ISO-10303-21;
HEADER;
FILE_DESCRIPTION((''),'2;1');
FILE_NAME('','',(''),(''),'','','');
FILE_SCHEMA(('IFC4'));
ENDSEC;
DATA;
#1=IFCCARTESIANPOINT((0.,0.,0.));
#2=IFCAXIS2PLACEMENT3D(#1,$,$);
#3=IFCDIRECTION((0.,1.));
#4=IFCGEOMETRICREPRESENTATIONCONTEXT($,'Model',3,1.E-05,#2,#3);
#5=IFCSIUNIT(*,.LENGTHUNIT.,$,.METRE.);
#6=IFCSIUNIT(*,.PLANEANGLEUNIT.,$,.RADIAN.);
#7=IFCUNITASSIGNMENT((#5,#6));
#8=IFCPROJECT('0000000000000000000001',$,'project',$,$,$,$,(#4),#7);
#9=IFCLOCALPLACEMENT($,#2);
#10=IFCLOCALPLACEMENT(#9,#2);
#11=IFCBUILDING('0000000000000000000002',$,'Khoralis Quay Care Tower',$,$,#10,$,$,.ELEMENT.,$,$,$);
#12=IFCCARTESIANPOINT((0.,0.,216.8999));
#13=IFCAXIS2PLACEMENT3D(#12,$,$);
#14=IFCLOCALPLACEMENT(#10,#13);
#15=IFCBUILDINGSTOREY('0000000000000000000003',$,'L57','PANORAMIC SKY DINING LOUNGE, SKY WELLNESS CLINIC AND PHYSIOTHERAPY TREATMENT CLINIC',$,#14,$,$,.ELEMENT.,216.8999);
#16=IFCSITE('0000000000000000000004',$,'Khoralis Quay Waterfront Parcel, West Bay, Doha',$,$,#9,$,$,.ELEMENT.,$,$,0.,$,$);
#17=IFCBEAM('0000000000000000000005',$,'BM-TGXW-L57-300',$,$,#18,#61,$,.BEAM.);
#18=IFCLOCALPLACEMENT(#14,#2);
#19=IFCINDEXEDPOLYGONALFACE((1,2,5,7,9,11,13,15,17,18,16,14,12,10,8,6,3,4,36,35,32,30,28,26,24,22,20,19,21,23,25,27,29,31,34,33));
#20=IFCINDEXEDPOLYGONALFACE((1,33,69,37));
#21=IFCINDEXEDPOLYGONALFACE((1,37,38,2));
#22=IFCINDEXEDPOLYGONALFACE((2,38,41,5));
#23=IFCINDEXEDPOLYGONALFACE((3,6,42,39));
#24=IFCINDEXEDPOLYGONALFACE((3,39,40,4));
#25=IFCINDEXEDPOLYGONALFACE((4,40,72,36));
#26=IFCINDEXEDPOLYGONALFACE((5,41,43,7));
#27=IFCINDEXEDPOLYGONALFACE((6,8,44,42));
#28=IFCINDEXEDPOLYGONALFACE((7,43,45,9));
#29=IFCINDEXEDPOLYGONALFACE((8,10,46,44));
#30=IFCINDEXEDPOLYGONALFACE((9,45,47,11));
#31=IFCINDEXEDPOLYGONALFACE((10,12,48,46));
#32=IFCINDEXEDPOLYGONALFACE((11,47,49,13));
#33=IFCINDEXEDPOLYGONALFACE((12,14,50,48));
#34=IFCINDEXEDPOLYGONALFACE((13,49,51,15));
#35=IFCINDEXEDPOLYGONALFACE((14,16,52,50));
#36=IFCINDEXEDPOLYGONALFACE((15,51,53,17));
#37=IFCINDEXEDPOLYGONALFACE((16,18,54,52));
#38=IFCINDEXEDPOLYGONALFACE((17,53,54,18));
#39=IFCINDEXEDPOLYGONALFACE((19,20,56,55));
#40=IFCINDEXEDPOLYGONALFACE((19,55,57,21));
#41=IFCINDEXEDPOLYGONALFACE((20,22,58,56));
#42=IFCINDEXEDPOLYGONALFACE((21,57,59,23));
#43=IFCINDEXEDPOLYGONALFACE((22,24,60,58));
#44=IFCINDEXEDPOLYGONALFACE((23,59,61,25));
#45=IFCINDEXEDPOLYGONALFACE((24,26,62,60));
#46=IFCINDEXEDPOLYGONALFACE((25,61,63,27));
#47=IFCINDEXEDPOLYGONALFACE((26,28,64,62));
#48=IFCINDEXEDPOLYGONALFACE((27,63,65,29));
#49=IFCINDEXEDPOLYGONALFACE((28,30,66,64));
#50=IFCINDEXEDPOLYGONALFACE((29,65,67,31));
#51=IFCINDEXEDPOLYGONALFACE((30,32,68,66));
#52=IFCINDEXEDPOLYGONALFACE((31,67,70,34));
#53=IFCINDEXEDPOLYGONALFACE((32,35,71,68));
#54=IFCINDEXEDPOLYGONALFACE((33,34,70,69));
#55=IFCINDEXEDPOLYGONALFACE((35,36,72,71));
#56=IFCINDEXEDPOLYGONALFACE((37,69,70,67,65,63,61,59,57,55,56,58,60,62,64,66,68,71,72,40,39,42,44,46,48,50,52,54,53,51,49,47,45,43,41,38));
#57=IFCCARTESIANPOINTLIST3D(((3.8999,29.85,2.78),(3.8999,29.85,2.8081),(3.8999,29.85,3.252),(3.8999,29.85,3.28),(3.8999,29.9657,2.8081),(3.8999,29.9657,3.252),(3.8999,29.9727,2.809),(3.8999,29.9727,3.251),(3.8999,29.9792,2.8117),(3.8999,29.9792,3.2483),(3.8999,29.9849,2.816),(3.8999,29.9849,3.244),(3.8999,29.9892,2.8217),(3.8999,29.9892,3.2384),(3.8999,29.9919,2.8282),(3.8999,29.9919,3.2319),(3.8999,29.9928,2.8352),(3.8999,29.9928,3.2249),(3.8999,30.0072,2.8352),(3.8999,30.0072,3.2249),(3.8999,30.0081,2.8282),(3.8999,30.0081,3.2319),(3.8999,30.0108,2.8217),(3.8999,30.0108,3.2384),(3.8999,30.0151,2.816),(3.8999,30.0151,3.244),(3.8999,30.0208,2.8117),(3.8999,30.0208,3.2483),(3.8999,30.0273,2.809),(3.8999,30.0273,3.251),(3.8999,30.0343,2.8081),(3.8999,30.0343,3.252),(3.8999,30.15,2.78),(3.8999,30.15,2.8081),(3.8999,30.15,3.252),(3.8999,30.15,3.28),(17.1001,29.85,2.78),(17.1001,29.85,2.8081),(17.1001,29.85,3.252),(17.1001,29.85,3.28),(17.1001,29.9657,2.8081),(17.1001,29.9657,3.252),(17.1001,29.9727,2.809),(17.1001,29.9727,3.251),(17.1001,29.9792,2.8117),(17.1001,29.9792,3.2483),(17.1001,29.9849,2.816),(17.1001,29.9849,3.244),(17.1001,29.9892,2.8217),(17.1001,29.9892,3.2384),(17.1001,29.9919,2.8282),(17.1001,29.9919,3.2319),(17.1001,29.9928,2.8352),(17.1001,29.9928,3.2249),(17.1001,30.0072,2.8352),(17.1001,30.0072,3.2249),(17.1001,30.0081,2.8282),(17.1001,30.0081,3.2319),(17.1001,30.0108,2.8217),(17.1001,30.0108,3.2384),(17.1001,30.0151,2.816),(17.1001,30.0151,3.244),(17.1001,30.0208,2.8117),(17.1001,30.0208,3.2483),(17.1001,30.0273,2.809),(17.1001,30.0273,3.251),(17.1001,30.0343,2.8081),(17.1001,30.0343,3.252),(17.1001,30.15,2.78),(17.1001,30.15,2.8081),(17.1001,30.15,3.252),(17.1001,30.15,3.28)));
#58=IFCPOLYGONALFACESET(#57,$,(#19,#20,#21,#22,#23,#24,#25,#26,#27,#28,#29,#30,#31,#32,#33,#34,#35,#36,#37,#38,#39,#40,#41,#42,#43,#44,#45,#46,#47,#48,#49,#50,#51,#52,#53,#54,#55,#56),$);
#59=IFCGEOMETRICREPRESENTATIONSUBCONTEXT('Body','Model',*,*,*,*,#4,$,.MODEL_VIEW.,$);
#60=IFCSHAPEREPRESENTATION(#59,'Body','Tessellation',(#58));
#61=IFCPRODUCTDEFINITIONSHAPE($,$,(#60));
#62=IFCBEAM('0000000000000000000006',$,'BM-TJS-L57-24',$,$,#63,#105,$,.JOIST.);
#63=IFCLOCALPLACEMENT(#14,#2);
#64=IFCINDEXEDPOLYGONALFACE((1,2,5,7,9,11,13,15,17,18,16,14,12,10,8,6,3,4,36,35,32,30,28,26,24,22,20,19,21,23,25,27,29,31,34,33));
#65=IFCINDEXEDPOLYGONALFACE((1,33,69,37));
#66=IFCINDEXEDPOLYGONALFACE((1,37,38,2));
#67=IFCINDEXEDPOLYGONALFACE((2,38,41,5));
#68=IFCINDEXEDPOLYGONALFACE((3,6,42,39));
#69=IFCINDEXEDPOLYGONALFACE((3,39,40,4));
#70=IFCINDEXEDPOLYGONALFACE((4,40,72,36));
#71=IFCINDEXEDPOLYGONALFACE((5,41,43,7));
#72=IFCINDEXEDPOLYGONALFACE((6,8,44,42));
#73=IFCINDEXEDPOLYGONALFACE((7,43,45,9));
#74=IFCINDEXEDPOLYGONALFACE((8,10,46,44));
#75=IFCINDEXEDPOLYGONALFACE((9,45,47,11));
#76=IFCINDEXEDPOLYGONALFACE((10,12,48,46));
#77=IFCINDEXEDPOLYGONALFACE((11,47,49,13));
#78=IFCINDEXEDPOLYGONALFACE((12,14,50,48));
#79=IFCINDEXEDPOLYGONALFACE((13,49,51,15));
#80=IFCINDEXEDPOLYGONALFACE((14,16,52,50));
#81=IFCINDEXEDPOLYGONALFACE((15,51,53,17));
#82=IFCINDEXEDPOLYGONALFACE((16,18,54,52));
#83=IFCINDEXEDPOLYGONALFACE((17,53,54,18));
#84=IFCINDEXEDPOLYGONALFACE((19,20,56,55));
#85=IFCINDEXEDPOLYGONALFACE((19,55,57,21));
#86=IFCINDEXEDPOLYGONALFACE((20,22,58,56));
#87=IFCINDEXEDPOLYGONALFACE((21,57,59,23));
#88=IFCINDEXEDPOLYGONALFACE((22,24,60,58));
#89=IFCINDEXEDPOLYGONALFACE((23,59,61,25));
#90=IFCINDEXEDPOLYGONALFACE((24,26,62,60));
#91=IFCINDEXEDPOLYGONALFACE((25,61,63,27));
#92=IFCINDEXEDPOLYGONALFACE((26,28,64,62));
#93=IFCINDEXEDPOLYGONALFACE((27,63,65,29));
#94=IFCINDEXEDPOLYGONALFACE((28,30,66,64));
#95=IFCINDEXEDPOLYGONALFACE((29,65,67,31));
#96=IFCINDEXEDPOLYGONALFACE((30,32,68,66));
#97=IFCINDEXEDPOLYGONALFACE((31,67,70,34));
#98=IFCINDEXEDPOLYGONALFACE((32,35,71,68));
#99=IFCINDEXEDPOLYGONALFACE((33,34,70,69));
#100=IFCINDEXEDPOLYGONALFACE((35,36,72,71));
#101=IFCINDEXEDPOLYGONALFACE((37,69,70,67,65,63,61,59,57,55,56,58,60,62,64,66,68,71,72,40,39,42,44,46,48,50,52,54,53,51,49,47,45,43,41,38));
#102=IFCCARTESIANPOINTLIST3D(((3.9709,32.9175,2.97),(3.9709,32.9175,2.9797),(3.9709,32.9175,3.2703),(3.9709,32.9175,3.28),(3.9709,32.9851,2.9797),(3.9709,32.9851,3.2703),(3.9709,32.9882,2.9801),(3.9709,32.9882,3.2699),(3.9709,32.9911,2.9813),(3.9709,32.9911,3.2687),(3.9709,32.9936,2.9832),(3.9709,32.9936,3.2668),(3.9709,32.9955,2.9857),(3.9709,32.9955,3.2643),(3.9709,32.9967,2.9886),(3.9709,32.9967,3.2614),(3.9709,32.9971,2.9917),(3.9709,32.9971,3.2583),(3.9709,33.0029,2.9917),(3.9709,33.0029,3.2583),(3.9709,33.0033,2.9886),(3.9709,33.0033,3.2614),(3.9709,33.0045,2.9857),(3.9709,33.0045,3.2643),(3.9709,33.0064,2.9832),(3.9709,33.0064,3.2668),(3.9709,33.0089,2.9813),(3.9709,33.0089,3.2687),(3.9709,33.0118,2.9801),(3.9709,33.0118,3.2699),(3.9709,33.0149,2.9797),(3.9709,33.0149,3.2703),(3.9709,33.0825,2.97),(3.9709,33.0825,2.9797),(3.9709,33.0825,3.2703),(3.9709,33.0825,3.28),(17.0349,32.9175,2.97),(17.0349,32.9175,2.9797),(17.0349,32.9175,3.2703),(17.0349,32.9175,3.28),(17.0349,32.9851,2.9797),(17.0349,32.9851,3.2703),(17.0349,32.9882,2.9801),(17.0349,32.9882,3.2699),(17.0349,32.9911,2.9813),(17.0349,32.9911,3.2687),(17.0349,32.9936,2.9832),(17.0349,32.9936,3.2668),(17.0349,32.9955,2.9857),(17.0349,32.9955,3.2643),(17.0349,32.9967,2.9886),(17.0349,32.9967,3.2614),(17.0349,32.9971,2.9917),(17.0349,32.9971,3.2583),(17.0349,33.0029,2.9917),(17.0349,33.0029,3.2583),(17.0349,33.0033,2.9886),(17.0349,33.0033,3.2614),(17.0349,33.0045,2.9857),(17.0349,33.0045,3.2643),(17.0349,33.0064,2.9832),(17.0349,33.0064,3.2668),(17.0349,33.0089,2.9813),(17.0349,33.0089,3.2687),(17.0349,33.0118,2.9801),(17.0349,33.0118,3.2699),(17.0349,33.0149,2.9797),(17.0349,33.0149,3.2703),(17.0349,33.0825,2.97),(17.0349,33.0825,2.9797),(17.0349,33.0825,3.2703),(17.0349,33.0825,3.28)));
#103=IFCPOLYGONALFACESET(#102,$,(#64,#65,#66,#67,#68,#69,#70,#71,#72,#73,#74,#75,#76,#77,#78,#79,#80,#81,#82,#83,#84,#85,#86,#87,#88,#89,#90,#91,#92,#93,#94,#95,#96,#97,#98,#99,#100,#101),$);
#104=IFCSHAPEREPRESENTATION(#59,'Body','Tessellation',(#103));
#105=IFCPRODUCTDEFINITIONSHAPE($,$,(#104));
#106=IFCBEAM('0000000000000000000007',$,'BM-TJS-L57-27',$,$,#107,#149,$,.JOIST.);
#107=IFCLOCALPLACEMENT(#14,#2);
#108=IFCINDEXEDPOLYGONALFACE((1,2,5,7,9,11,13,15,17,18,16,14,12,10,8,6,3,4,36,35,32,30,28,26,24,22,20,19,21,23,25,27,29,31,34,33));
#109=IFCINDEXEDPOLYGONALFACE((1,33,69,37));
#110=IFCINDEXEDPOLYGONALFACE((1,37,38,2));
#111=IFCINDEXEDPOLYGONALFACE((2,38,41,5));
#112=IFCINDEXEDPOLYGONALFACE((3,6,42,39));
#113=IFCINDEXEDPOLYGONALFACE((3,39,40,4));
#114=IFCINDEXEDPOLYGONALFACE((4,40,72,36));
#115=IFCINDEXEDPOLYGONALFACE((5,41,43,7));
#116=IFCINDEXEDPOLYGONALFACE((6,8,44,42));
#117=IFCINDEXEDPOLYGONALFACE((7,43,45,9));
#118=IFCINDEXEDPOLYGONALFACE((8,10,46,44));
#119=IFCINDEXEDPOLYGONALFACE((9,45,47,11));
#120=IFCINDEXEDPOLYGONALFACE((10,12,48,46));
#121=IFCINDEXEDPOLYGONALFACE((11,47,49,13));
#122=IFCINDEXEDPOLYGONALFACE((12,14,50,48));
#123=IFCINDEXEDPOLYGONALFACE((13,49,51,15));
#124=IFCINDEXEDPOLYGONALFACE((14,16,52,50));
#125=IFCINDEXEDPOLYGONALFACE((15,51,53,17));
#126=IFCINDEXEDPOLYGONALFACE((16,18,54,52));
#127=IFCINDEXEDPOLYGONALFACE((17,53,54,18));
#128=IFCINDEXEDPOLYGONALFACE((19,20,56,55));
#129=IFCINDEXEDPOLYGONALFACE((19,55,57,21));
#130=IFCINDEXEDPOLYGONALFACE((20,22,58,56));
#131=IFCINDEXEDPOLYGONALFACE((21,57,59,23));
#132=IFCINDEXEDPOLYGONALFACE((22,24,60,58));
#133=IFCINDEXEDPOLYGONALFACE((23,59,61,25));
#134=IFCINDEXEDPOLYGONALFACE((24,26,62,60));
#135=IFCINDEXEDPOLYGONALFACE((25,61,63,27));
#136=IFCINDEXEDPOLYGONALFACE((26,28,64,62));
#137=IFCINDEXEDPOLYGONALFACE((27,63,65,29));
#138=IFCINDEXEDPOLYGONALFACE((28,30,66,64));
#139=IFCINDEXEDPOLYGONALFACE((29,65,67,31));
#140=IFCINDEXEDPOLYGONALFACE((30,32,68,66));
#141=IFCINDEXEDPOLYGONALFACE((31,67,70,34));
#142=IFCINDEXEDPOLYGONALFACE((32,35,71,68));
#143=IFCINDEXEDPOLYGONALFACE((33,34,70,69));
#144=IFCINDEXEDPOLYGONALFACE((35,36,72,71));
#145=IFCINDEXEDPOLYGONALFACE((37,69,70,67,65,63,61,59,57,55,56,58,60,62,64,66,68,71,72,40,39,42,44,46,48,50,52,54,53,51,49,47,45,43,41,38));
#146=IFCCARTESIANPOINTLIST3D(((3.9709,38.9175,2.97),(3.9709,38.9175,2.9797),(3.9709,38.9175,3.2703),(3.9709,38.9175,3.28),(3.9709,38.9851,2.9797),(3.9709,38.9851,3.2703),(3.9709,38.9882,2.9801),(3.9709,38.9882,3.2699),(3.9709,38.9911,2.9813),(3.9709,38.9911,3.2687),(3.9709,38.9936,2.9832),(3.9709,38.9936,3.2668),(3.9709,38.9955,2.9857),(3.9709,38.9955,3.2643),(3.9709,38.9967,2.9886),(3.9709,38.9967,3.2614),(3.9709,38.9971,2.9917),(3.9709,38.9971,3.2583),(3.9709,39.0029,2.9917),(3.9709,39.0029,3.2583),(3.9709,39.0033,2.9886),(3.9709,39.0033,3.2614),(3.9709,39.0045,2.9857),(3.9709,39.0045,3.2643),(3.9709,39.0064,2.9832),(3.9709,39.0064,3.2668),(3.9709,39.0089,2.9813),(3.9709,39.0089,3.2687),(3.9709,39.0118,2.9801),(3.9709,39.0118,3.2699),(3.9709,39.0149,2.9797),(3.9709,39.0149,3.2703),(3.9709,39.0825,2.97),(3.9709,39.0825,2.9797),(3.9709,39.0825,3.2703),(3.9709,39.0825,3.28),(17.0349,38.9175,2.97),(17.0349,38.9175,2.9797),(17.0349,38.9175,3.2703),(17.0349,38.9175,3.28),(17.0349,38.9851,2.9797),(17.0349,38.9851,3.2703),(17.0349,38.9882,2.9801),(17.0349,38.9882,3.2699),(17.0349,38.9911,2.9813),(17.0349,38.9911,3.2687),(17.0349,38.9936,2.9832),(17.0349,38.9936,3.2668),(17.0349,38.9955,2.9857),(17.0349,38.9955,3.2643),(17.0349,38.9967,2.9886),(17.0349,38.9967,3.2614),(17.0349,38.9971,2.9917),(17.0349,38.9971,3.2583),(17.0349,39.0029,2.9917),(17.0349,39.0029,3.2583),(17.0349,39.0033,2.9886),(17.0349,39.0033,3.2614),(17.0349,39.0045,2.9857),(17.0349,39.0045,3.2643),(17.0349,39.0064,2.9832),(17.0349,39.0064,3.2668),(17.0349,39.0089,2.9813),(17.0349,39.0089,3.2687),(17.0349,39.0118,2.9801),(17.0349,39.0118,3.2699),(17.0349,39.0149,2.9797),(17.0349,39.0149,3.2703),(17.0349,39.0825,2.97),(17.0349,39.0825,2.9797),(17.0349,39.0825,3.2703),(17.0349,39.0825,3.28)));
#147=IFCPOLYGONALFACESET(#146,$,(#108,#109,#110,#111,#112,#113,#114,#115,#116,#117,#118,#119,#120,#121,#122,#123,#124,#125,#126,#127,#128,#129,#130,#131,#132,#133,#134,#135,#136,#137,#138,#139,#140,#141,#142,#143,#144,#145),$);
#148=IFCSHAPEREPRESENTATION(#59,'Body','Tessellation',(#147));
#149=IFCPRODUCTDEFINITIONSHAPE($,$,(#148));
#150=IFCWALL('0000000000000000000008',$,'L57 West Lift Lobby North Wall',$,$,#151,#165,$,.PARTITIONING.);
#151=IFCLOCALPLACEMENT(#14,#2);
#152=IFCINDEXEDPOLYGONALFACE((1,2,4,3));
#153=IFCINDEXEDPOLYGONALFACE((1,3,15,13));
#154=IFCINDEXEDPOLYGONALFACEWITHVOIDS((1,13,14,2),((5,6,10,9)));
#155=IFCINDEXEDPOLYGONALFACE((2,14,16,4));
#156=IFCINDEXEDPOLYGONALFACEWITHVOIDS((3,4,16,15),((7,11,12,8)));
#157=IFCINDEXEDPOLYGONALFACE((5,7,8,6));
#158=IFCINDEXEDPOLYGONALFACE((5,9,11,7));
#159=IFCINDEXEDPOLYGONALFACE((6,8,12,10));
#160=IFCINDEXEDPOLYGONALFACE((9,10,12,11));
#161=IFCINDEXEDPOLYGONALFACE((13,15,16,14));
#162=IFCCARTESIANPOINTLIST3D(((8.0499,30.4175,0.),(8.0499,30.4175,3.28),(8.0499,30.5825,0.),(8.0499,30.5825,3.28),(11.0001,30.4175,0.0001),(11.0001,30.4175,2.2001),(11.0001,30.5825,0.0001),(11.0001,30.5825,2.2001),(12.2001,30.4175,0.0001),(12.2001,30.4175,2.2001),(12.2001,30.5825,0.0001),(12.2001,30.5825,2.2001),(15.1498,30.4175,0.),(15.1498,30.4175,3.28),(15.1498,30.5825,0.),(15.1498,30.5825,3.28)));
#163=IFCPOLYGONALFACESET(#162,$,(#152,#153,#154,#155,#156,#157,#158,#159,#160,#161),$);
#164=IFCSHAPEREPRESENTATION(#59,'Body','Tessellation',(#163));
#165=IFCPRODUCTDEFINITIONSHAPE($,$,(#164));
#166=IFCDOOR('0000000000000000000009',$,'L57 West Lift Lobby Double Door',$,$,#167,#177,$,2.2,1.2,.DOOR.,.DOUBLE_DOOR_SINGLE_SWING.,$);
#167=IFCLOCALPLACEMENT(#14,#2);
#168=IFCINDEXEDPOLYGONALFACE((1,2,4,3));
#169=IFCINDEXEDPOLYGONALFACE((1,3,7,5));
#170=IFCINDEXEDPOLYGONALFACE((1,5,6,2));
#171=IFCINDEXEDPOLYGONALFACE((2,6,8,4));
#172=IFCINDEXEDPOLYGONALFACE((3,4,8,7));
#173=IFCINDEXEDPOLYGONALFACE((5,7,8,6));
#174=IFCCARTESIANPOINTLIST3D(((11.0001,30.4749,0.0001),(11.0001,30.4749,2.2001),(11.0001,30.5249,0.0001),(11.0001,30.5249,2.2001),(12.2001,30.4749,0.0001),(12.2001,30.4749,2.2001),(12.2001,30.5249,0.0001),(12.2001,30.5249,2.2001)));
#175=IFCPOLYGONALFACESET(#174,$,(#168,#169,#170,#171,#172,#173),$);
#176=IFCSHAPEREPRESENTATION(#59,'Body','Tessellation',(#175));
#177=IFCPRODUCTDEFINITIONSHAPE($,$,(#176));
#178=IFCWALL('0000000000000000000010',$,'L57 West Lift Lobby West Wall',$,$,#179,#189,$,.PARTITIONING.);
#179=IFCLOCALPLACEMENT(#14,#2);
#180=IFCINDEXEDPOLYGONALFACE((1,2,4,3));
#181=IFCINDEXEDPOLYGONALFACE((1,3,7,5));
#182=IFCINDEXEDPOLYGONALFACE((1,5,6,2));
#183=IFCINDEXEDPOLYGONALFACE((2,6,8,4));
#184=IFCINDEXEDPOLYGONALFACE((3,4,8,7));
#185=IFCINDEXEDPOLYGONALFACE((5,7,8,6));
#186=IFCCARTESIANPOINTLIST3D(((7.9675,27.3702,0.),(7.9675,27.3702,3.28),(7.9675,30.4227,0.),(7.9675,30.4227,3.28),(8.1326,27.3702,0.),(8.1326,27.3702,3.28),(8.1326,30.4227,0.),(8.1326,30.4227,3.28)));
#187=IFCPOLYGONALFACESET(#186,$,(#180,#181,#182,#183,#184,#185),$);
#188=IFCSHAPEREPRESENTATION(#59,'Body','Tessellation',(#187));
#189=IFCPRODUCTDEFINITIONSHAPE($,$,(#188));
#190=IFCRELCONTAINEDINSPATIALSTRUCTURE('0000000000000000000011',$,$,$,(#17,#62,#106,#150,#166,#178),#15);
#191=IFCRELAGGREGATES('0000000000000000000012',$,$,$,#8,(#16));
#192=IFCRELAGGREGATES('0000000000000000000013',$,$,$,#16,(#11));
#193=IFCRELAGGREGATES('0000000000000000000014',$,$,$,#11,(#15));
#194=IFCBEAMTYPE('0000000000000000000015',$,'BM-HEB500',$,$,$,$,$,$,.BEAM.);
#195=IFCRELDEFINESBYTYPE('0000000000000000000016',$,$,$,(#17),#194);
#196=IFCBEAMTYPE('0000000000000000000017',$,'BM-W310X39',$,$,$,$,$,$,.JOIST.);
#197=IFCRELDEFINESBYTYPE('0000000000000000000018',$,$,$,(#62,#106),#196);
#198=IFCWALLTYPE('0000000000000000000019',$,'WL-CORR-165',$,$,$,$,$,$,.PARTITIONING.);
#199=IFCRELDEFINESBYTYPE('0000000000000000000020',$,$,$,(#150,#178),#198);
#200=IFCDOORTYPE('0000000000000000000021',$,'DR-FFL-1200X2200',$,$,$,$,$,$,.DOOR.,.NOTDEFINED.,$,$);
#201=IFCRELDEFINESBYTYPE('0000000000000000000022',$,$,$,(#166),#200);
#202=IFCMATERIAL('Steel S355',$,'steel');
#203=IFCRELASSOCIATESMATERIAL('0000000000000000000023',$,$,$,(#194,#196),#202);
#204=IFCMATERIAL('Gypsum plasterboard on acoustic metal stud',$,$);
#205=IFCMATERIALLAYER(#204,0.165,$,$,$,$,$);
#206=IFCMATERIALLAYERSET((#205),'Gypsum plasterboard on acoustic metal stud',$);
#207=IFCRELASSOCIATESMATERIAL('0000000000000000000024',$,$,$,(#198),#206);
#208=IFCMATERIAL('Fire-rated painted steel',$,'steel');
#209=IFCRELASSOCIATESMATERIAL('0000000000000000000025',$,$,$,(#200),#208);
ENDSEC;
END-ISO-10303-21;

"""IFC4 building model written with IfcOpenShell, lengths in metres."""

from ifc_helpers import new_model, si_unit, direction, frame, frame_2d, origin, origin_2d, place, context, subcontext, project, spatial, rectangle, i_section, extrude, source, transform, mapped, material, layer, layer_set, material_profile, profile_set, type_object, element, fill, save


model = new_model("IFC4")

# Units and contexts
model_context = context("Model", 3, precision=1e-05, world=origin(), true_north=direction((0.0, 1.0)))
body_context = subcontext(model_context, "Body", "Model", "MODEL_VIEW")
ifc_project = project(units=[si_unit("LENGTHUNIT", "METRE"), si_unit("PLANEANGLEUNIT", "RADIAN")], contexts=[model_context])

# Site, building, storey
site_placement = place(None, origin())
site = spatial("IfcSite", under=ifc_project, at=site_placement, Name="Khoralis Quay Waterfront Parcel, West Bay, Doha", CompositionType="ELEMENT", RefElevation=0.0)
building_placement = place(site_placement, origin())
building = spatial("IfcBuilding", under=site, at=building_placement, Name="Khoralis Quay Care Tower", CompositionType="ELEMENT")
storey_placement = place(building_placement, frame((0.0, 0.0, 216.8999)))
storey = spatial("IfcBuildingStorey", under=building, at=storey_placement, Name="L57", Description="PANORAMIC SKY DINING LOUNGE, SKY WELLNESS CLINIC AND PHYSIOTHERAPY TREATMENT CLINIC", CompositionType="ELEMENT", Elevation=216.8999)

# Beams
ifc_material_1 = material(Name="Steel S355", Category="steel")
ifc_material_profile_1 = material_profile(ifc_material_1, i_section(OverallWidth=0.3, OverallDepth=0.5, WebThickness=0.0144, FlangeThickness=0.0281, FilletRadius=0.0271, at=origin_2d()), Name="Steel S355")
ifc_profile_set_1 = profile_set([ifc_material_profile_1], Name="Steel S355")
beam_type_1 = type_object("IfcBeamType", Name="BM-HEB500", PredefinedType="BEAM", material=ifc_profile_set_1)
shared_shape_1 = source(origin(), body_context, "Body", "SweptSolid", [
    extrude(i_section(OverallWidth=0.3, OverallDepth=0.5, WebThickness=0.0144, FlangeThickness=0.0281, FilletRadius=0.0271, at=origin_2d()), origin(), (0.0, 0.0, 1.0), 13.2002),
])
beam_1_placement = place(storey_placement, frame((3.8999, 30.0, 3.03), z_axis=(1.0, 0.0, 0.0), x_axis=(0.0, 1.0, 0.0)))
element("IfcBeam", 1, at=beam_1_placement, inside=storey, type_object=beam_type_1, Name="BM-TGXW-L57-300", PredefinedType="BEAM", context=body_context, shape_type="MappedRepresentation", body=[
    mapped(shared_shape_1, transform((0.0, 0.0, 0.0), scale=1.0)),
])
ifc_material_profile_2 = material_profile(ifc_material_1, i_section(OverallWidth=0.165, OverallDepth=0.3101, WebThickness=0.0059, FlangeThickness=0.0098, FilletRadius=0.012, at=origin_2d()), Name="Steel S355")
ifc_profile_set_2 = profile_set([ifc_material_profile_2], Name="Steel S355")
beam_type_2 = type_object("IfcBeamType", Name="BM-W310X39", PredefinedType="JOIST", material=ifc_profile_set_2)
shared_shape_2 = source(origin(), body_context, "Body", "SweptSolid", [
    extrude(i_section(OverallWidth=0.165, OverallDepth=0.3101, WebThickness=0.0059, FlangeThickness=0.0098, FilletRadius=0.012, at=origin_2d()), origin(), (0.0, 0.0, 1.0), 13.064),
])
for number, where, z_axis, x_axis, name in (
    (2, (3.9709, 33.0, 3.125), (1.0, 0.0, 0.0), (0.0, 1.0, 0.0), "BM-TJS-L57-24"),
    (3, (3.9709, 39.0, 3.125), (1.0, 0.0, 0.0), (0.0, 1.0, 0.0), "BM-TJS-L57-27"),
):
    element("IfcBeam", number, at=place(storey_placement, frame(where, z_axis=z_axis, x_axis=x_axis)), inside=storey, type_object=beam_type_2, Name=name, PredefinedType="JOIST", context=body_context, shape_type="MappedRepresentation", body=[
        mapped(shared_shape_2, transform((0.0, 0.0, 0.0), scale=1.0)),
    ])

# Wall, opening, door
ifc_material_2 = material(Name="Gypsum plasterboard on acoustic metal stud")
ifc_layer_1 = layer(ifc_material_2, 0.165)
ifc_layer_set_1 = layer_set([ifc_layer_1], Name="Gypsum plasterboard on acoustic metal stud")
wall_type_1 = type_object("IfcWallType", Name="WL-CORR-165", PredefinedType="PARTITIONING", material=ifc_layer_set_1)
wall_1_placement = place(storey_placement, frame((8.05, 30.5, 0.0), z_axis=(0.0, 0.0, 1.0), x_axis=(1.0, 0.0, 0.0)))
wall_1 = element("IfcWall", 4, at=wall_1_placement, inside=storey, type_object=wall_type_1, Name="L57 West Lift Lobby North Wall", PredefinedType="PARTITIONING", context=body_context, shape_type="SweptSolid", body=[
    extrude(rectangle(XDim=7.0999, YDim=0.165, at=frame_2d((3.5498, 0.0))), origin(), (0.0, 0.0, 1.0), 3.28),
])
opening_1_placement = place(wall_1_placement, frame((2.95, 0.0, 0.0)))
opening_1 = element("IfcOpeningElement", 5, at=opening_1_placement, cuts=wall_1, PredefinedType="OPENING", context=body_context, shape_type="SweptSolid", body=[
    extrude(rectangle(XDim=1.2, YDim=2.2, at=frame_2d((0.6001, 1.1001))), frame((0.0, 0.0925, 0.0), z_axis=(0.0, -1.0, 0.0), x_axis=(1.0, 0.0, 0.0)), (0.0, 0.0, 1.0), 0.1851),
])
ifc_material_3 = material(Name="Fire-rated painted steel", Category="steel")
door_type_1 = type_object("IfcDoorType", Name="DR-FFL-1200X2200", OperationType="NOTDEFINED", PredefinedType="DOOR", material=ifc_material_3)
shared_shape_3 = source(origin(), body_context, "Body", "SweptSolid", [
    extrude(rectangle(XDim=1.2, YDim=2.2, at=frame_2d((0.6001, 1.1001))), frame((0.0, 0.0249, 0.0), z_axis=(0.0, -1.0, 0.0), x_axis=(1.0, 0.0, 0.0)), (0.0, 0.0, 1.0), 0.05),
])
door_1_placement = place(opening_1_placement, origin())
door_1 = element("IfcDoor", 6, at=door_1_placement, inside=storey, type_object=door_type_1, Name="L57 West Lift Lobby Double Door", OperationType="DOUBLE_DOOR_SINGLE_SWING", OverallHeight=2.2, OverallWidth=1.2, PredefinedType="DOOR", context=body_context, shape_type="MappedRepresentation", body=[
    mapped(shared_shape_3, transform((0.0, 0.0, 0.0), scale=1.0)),
])
fill(opening_1, door_1)

# Wall
wall_2_placement = place(storey_placement, frame((8.05, 27.3701, 0.0), z_axis=(0.0, 0.0, 1.0), x_axis=(0.0, 1.0, 0.0)))
element("IfcWall", 7, at=wall_2_placement, inside=storey, type_object=wall_type_1, Name="L57 West Lift Lobby West Wall", PredefinedType="PARTITIONING", context=body_context, shape_type="SweptSolid", body=[
    extrude(rectangle(XDim=3.0525, YDim=0.165, at=frame_2d((1.5264, 0.0))), origin(), (0.0, 0.0, 1.0), 3.28),
])

save(model, "model.ifc")
